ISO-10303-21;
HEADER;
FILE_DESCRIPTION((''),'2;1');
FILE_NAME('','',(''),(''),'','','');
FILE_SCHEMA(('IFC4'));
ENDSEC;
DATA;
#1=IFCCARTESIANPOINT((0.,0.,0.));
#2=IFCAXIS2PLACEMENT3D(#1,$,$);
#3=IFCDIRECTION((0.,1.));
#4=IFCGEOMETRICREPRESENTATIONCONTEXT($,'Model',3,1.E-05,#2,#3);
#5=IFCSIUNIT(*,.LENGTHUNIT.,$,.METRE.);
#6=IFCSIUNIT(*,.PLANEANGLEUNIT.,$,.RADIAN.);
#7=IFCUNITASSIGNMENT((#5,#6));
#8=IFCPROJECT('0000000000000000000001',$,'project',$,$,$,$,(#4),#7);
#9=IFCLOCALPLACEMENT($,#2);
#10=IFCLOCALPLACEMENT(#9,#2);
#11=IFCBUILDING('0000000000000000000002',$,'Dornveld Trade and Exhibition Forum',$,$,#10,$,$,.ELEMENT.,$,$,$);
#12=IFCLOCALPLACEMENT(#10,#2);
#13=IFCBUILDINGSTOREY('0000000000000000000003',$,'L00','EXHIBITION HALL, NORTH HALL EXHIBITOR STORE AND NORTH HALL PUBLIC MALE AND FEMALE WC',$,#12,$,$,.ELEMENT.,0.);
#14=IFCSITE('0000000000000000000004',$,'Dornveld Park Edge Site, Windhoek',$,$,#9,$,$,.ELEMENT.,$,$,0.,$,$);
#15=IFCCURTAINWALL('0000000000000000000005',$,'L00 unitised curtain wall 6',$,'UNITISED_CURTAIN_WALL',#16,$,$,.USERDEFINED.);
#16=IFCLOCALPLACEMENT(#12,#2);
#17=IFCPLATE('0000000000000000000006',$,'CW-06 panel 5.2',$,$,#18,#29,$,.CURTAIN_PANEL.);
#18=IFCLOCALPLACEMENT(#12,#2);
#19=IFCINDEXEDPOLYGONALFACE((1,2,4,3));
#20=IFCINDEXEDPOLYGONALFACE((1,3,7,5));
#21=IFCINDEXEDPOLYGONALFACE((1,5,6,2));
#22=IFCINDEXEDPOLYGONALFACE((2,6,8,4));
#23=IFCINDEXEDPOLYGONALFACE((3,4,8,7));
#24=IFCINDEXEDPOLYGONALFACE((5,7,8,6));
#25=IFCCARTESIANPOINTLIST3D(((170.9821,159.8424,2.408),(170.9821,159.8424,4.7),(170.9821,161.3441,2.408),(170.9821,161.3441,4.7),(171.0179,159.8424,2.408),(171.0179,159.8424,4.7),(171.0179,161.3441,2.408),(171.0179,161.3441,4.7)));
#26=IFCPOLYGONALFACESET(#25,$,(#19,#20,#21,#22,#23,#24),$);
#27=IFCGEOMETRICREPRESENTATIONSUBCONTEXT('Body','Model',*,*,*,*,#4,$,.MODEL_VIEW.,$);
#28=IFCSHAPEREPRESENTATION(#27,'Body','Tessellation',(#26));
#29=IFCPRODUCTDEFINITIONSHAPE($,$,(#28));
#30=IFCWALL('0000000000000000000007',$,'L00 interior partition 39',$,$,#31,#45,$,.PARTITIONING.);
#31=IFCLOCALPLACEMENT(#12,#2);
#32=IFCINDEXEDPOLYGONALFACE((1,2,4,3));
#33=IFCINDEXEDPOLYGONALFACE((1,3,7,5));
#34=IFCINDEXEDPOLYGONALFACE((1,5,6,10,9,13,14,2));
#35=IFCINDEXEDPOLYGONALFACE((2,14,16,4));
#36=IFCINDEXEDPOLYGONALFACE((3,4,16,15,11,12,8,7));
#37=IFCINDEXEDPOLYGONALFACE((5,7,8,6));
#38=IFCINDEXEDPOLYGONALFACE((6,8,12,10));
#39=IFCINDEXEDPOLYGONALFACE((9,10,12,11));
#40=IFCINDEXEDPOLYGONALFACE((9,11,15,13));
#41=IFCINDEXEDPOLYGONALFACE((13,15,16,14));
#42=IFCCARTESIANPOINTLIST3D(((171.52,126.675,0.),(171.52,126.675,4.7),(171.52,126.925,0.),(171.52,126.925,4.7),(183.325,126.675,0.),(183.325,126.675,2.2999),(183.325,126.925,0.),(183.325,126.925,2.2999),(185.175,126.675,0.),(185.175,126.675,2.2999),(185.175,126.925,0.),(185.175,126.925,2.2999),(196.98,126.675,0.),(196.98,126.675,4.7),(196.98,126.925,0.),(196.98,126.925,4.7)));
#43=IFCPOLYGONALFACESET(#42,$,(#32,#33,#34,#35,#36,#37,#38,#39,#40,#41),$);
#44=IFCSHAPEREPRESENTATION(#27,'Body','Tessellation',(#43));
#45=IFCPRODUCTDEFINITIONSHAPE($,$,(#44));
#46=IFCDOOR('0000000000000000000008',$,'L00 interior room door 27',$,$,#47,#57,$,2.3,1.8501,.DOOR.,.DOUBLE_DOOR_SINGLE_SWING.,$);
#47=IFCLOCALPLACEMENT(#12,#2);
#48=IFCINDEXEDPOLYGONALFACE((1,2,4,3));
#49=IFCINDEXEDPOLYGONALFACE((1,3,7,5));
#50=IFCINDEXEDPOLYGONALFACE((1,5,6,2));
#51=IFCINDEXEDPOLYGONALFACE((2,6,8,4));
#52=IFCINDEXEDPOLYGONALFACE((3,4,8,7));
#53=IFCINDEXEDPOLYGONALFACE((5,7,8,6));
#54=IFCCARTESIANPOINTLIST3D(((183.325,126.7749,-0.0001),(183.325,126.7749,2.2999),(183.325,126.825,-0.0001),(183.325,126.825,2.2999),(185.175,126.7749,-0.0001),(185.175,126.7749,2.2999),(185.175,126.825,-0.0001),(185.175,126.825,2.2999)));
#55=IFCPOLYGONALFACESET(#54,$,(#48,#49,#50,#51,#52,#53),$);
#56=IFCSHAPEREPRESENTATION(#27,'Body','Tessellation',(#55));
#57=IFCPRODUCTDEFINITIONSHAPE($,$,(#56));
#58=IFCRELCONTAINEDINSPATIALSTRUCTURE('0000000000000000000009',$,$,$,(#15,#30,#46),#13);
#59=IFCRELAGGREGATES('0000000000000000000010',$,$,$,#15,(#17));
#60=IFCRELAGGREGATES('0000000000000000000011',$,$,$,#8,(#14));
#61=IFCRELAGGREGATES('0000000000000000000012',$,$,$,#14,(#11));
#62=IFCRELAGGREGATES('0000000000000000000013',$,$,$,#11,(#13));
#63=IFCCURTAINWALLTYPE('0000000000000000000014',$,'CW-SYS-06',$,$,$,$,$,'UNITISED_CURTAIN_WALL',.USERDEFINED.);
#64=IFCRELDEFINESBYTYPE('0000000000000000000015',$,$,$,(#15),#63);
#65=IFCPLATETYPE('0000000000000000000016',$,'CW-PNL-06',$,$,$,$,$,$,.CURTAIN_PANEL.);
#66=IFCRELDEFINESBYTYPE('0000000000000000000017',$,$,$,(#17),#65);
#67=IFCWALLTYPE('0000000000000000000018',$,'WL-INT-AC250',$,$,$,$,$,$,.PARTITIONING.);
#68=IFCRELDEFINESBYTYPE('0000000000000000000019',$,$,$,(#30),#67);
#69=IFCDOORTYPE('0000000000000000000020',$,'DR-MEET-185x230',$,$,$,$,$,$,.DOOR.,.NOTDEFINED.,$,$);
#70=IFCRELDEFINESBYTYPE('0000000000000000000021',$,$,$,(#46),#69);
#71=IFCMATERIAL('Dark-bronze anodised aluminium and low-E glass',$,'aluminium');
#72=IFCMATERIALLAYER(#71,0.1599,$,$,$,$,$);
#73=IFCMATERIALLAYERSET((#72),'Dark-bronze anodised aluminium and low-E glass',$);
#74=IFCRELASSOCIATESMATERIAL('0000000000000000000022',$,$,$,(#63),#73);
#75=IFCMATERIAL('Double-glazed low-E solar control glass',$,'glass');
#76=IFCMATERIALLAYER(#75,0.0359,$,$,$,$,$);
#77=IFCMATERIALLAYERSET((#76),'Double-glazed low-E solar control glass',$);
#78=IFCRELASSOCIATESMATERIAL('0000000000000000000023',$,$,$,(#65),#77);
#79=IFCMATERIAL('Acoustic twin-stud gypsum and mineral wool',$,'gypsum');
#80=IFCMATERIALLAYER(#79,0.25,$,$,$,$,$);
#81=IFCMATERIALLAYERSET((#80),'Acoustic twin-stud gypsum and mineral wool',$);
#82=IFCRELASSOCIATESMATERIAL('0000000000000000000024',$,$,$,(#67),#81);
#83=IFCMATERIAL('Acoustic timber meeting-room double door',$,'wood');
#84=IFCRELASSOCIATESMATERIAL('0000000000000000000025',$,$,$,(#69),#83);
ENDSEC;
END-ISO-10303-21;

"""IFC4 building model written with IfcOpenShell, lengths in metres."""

from ifc_helpers import new_model, si_unit, direction, frame, frame_2d, origin, origin_2d, place, context, subcontext, project, spatial, rectangle, extrude, material, layer, layer_set, type_object, element, fill, aggregate, save


model = new_model("IFC4")

# Units and contexts
model_context = context("Model", 3, precision=1e-05, world=origin(), true_north=direction((0.0, 1.0)))
body_context = subcontext(model_context, "Body", "Model", "MODEL_VIEW")
ifc_project = project(units=[si_unit("LENGTHUNIT", "METRE"), si_unit("PLANEANGLEUNIT", "RADIAN")], contexts=[model_context])

# Site, building, storey
site_placement = place(None, origin())
site = spatial("IfcSite", under=ifc_project, at=site_placement, Name="Dornveld Park Edge Site, Windhoek", CompositionType="ELEMENT", RefElevation=0.0)
building_placement = place(site_placement, origin())
building = spatial("IfcBuilding", under=site, at=building_placement, Name="Dornveld Trade and Exhibition Forum", CompositionType="ELEMENT")
storey_placement = place(building_placement, origin())
storey = spatial("IfcBuildingStorey", under=building, at=storey_placement, Name="L00", Description="EXHIBITION HALL, NORTH HALL EXHIBITOR STORE AND NORTH HALL PUBLIC MALE AND FEMALE WC", CompositionType="ELEMENT", Elevation=0.0)

# Curtain wall, plate
ifc_material_1 = material(Name="Dark-bronze anodised aluminium and low-E glass", Category="aluminium")
ifc_layer_1 = layer(ifc_material_1, 0.1599)
ifc_layer_set_1 = layer_set([ifc_layer_1], Name="Dark-bronze anodised aluminium and low-E glass")
curtain_wall_type = type_object("IfcCurtainWallType", Name="CW-SYS-06", ElementType="UNITISED_CURTAIN_WALL", PredefinedType="USERDEFINED", material=ifc_layer_set_1)
curtain_wall_placement = place(storey_placement, origin())
curtain_wall = element("IfcCurtainWall", 1, at=curtain_wall_placement, inside=storey, type_object=curtain_wall_type, Name="L00 unitised curtain wall 6", ObjectType="UNITISED_CURTAIN_WALL", PredefinedType="USERDEFINED")
ifc_material_2 = material(Name="Double-glazed low-E solar control glass", Category="glass")
ifc_layer_2 = layer(ifc_material_2, 0.0359)
ifc_layer_set_2 = layer_set([ifc_layer_2], Name="Double-glazed low-E solar control glass")
plate_type = type_object("IfcPlateType", Name="CW-PNL-06", PredefinedType="CURTAIN_PANEL", material=ifc_layer_set_2)
plate_placement = place(storey_placement, frame((171.0, 160.5933, 2.408), z_axis=(0.0, 0.0, 1.0), x_axis=(0.0, 1.0, 0.0)))
plate = element("IfcPlate", 2, at=plate_placement, type_object=plate_type, Name="CW-06 panel 5.2", PredefinedType="CURTAIN_PANEL", context=body_context, shape_type="SweptSolid", body=[
    extrude(rectangle(XDim=1.5017, YDim=0.0359, at=origin_2d()), origin(), (0.0, 0.0, 1.0), 2.292),
])
aggregate(curtain_wall, [plate])

# Wall, opening, door
ifc_material_3 = material(Name="Acoustic twin-stud gypsum and mineral wool", Category="gypsum")
ifc_layer_3 = layer(ifc_material_3, 0.25)
ifc_layer_set_3 = layer_set([ifc_layer_3], Name="Acoustic twin-stud gypsum and mineral wool")
wall_type = type_object("IfcWallType", Name="WL-INT-AC250", PredefinedType="PARTITIONING", material=ifc_layer_set_3)
wall_placement = place(storey_placement, frame((171.52, 126.8, 0.0), z_axis=(0.0, 0.0, 1.0), x_axis=(1.0, 0.0, 0.0)))
wall = element("IfcWall", 3, at=wall_placement, inside=storey, type_object=wall_type, Name="L00 interior partition 39", PredefinedType="PARTITIONING", context=body_context, shape_type="SweptSolid", body=[
    extrude(rectangle(XDim=25.46, YDim=0.25, at=frame_2d((12.73, 0.0))), origin(), (0.0, 0.0, 1.0), 4.7),
])
opening_placement = place(wall_placement, frame((11.8049, 0.0, 0.0)))
opening = element("IfcOpeningElement", 4, at=opening_placement, cuts=wall, PredefinedType="OPENING", context=body_context, shape_type="SweptSolid", body=[
    extrude(rectangle(XDim=1.8501, YDim=2.3, at=frame_2d((0.925, 1.1499))), frame((0.0, 0.135, 0.0), z_axis=(0.0, -1.0, 0.0), x_axis=(1.0, 0.0, 0.0)), (0.0, 0.0, 1.0), 0.27),
])
ifc_material_4 = material(Name="Acoustic timber meeting-room double door", Category="wood")
door_type = type_object("IfcDoorType", Name="DR-MEET-185x230", OperationType="NOTDEFINED", PredefinedType="DOOR", material=ifc_material_4)
door_placement = place(opening_placement, origin())
door = element("IfcDoor", 5, at=door_placement, inside=storey, type_object=door_type, Name="L00 interior room door 27", OperationType="DOUBLE_DOOR_SINGLE_SWING", OverallHeight=2.3, OverallWidth=1.8501, PredefinedType="DOOR", context=body_context, shape_type="SweptSolid", body=[
    extrude(rectangle(XDim=1.8501, YDim=2.3, at=frame_2d((0.925, 1.1499))), frame((0.0, 0.0249, 0.0), z_axis=(0.0, -1.0, 0.0), x_axis=(1.0, 0.0, 0.0)), (0.0, 0.0, 1.0), 0.05),
])
fill(opening, door)

save(model, "model.ifc")
